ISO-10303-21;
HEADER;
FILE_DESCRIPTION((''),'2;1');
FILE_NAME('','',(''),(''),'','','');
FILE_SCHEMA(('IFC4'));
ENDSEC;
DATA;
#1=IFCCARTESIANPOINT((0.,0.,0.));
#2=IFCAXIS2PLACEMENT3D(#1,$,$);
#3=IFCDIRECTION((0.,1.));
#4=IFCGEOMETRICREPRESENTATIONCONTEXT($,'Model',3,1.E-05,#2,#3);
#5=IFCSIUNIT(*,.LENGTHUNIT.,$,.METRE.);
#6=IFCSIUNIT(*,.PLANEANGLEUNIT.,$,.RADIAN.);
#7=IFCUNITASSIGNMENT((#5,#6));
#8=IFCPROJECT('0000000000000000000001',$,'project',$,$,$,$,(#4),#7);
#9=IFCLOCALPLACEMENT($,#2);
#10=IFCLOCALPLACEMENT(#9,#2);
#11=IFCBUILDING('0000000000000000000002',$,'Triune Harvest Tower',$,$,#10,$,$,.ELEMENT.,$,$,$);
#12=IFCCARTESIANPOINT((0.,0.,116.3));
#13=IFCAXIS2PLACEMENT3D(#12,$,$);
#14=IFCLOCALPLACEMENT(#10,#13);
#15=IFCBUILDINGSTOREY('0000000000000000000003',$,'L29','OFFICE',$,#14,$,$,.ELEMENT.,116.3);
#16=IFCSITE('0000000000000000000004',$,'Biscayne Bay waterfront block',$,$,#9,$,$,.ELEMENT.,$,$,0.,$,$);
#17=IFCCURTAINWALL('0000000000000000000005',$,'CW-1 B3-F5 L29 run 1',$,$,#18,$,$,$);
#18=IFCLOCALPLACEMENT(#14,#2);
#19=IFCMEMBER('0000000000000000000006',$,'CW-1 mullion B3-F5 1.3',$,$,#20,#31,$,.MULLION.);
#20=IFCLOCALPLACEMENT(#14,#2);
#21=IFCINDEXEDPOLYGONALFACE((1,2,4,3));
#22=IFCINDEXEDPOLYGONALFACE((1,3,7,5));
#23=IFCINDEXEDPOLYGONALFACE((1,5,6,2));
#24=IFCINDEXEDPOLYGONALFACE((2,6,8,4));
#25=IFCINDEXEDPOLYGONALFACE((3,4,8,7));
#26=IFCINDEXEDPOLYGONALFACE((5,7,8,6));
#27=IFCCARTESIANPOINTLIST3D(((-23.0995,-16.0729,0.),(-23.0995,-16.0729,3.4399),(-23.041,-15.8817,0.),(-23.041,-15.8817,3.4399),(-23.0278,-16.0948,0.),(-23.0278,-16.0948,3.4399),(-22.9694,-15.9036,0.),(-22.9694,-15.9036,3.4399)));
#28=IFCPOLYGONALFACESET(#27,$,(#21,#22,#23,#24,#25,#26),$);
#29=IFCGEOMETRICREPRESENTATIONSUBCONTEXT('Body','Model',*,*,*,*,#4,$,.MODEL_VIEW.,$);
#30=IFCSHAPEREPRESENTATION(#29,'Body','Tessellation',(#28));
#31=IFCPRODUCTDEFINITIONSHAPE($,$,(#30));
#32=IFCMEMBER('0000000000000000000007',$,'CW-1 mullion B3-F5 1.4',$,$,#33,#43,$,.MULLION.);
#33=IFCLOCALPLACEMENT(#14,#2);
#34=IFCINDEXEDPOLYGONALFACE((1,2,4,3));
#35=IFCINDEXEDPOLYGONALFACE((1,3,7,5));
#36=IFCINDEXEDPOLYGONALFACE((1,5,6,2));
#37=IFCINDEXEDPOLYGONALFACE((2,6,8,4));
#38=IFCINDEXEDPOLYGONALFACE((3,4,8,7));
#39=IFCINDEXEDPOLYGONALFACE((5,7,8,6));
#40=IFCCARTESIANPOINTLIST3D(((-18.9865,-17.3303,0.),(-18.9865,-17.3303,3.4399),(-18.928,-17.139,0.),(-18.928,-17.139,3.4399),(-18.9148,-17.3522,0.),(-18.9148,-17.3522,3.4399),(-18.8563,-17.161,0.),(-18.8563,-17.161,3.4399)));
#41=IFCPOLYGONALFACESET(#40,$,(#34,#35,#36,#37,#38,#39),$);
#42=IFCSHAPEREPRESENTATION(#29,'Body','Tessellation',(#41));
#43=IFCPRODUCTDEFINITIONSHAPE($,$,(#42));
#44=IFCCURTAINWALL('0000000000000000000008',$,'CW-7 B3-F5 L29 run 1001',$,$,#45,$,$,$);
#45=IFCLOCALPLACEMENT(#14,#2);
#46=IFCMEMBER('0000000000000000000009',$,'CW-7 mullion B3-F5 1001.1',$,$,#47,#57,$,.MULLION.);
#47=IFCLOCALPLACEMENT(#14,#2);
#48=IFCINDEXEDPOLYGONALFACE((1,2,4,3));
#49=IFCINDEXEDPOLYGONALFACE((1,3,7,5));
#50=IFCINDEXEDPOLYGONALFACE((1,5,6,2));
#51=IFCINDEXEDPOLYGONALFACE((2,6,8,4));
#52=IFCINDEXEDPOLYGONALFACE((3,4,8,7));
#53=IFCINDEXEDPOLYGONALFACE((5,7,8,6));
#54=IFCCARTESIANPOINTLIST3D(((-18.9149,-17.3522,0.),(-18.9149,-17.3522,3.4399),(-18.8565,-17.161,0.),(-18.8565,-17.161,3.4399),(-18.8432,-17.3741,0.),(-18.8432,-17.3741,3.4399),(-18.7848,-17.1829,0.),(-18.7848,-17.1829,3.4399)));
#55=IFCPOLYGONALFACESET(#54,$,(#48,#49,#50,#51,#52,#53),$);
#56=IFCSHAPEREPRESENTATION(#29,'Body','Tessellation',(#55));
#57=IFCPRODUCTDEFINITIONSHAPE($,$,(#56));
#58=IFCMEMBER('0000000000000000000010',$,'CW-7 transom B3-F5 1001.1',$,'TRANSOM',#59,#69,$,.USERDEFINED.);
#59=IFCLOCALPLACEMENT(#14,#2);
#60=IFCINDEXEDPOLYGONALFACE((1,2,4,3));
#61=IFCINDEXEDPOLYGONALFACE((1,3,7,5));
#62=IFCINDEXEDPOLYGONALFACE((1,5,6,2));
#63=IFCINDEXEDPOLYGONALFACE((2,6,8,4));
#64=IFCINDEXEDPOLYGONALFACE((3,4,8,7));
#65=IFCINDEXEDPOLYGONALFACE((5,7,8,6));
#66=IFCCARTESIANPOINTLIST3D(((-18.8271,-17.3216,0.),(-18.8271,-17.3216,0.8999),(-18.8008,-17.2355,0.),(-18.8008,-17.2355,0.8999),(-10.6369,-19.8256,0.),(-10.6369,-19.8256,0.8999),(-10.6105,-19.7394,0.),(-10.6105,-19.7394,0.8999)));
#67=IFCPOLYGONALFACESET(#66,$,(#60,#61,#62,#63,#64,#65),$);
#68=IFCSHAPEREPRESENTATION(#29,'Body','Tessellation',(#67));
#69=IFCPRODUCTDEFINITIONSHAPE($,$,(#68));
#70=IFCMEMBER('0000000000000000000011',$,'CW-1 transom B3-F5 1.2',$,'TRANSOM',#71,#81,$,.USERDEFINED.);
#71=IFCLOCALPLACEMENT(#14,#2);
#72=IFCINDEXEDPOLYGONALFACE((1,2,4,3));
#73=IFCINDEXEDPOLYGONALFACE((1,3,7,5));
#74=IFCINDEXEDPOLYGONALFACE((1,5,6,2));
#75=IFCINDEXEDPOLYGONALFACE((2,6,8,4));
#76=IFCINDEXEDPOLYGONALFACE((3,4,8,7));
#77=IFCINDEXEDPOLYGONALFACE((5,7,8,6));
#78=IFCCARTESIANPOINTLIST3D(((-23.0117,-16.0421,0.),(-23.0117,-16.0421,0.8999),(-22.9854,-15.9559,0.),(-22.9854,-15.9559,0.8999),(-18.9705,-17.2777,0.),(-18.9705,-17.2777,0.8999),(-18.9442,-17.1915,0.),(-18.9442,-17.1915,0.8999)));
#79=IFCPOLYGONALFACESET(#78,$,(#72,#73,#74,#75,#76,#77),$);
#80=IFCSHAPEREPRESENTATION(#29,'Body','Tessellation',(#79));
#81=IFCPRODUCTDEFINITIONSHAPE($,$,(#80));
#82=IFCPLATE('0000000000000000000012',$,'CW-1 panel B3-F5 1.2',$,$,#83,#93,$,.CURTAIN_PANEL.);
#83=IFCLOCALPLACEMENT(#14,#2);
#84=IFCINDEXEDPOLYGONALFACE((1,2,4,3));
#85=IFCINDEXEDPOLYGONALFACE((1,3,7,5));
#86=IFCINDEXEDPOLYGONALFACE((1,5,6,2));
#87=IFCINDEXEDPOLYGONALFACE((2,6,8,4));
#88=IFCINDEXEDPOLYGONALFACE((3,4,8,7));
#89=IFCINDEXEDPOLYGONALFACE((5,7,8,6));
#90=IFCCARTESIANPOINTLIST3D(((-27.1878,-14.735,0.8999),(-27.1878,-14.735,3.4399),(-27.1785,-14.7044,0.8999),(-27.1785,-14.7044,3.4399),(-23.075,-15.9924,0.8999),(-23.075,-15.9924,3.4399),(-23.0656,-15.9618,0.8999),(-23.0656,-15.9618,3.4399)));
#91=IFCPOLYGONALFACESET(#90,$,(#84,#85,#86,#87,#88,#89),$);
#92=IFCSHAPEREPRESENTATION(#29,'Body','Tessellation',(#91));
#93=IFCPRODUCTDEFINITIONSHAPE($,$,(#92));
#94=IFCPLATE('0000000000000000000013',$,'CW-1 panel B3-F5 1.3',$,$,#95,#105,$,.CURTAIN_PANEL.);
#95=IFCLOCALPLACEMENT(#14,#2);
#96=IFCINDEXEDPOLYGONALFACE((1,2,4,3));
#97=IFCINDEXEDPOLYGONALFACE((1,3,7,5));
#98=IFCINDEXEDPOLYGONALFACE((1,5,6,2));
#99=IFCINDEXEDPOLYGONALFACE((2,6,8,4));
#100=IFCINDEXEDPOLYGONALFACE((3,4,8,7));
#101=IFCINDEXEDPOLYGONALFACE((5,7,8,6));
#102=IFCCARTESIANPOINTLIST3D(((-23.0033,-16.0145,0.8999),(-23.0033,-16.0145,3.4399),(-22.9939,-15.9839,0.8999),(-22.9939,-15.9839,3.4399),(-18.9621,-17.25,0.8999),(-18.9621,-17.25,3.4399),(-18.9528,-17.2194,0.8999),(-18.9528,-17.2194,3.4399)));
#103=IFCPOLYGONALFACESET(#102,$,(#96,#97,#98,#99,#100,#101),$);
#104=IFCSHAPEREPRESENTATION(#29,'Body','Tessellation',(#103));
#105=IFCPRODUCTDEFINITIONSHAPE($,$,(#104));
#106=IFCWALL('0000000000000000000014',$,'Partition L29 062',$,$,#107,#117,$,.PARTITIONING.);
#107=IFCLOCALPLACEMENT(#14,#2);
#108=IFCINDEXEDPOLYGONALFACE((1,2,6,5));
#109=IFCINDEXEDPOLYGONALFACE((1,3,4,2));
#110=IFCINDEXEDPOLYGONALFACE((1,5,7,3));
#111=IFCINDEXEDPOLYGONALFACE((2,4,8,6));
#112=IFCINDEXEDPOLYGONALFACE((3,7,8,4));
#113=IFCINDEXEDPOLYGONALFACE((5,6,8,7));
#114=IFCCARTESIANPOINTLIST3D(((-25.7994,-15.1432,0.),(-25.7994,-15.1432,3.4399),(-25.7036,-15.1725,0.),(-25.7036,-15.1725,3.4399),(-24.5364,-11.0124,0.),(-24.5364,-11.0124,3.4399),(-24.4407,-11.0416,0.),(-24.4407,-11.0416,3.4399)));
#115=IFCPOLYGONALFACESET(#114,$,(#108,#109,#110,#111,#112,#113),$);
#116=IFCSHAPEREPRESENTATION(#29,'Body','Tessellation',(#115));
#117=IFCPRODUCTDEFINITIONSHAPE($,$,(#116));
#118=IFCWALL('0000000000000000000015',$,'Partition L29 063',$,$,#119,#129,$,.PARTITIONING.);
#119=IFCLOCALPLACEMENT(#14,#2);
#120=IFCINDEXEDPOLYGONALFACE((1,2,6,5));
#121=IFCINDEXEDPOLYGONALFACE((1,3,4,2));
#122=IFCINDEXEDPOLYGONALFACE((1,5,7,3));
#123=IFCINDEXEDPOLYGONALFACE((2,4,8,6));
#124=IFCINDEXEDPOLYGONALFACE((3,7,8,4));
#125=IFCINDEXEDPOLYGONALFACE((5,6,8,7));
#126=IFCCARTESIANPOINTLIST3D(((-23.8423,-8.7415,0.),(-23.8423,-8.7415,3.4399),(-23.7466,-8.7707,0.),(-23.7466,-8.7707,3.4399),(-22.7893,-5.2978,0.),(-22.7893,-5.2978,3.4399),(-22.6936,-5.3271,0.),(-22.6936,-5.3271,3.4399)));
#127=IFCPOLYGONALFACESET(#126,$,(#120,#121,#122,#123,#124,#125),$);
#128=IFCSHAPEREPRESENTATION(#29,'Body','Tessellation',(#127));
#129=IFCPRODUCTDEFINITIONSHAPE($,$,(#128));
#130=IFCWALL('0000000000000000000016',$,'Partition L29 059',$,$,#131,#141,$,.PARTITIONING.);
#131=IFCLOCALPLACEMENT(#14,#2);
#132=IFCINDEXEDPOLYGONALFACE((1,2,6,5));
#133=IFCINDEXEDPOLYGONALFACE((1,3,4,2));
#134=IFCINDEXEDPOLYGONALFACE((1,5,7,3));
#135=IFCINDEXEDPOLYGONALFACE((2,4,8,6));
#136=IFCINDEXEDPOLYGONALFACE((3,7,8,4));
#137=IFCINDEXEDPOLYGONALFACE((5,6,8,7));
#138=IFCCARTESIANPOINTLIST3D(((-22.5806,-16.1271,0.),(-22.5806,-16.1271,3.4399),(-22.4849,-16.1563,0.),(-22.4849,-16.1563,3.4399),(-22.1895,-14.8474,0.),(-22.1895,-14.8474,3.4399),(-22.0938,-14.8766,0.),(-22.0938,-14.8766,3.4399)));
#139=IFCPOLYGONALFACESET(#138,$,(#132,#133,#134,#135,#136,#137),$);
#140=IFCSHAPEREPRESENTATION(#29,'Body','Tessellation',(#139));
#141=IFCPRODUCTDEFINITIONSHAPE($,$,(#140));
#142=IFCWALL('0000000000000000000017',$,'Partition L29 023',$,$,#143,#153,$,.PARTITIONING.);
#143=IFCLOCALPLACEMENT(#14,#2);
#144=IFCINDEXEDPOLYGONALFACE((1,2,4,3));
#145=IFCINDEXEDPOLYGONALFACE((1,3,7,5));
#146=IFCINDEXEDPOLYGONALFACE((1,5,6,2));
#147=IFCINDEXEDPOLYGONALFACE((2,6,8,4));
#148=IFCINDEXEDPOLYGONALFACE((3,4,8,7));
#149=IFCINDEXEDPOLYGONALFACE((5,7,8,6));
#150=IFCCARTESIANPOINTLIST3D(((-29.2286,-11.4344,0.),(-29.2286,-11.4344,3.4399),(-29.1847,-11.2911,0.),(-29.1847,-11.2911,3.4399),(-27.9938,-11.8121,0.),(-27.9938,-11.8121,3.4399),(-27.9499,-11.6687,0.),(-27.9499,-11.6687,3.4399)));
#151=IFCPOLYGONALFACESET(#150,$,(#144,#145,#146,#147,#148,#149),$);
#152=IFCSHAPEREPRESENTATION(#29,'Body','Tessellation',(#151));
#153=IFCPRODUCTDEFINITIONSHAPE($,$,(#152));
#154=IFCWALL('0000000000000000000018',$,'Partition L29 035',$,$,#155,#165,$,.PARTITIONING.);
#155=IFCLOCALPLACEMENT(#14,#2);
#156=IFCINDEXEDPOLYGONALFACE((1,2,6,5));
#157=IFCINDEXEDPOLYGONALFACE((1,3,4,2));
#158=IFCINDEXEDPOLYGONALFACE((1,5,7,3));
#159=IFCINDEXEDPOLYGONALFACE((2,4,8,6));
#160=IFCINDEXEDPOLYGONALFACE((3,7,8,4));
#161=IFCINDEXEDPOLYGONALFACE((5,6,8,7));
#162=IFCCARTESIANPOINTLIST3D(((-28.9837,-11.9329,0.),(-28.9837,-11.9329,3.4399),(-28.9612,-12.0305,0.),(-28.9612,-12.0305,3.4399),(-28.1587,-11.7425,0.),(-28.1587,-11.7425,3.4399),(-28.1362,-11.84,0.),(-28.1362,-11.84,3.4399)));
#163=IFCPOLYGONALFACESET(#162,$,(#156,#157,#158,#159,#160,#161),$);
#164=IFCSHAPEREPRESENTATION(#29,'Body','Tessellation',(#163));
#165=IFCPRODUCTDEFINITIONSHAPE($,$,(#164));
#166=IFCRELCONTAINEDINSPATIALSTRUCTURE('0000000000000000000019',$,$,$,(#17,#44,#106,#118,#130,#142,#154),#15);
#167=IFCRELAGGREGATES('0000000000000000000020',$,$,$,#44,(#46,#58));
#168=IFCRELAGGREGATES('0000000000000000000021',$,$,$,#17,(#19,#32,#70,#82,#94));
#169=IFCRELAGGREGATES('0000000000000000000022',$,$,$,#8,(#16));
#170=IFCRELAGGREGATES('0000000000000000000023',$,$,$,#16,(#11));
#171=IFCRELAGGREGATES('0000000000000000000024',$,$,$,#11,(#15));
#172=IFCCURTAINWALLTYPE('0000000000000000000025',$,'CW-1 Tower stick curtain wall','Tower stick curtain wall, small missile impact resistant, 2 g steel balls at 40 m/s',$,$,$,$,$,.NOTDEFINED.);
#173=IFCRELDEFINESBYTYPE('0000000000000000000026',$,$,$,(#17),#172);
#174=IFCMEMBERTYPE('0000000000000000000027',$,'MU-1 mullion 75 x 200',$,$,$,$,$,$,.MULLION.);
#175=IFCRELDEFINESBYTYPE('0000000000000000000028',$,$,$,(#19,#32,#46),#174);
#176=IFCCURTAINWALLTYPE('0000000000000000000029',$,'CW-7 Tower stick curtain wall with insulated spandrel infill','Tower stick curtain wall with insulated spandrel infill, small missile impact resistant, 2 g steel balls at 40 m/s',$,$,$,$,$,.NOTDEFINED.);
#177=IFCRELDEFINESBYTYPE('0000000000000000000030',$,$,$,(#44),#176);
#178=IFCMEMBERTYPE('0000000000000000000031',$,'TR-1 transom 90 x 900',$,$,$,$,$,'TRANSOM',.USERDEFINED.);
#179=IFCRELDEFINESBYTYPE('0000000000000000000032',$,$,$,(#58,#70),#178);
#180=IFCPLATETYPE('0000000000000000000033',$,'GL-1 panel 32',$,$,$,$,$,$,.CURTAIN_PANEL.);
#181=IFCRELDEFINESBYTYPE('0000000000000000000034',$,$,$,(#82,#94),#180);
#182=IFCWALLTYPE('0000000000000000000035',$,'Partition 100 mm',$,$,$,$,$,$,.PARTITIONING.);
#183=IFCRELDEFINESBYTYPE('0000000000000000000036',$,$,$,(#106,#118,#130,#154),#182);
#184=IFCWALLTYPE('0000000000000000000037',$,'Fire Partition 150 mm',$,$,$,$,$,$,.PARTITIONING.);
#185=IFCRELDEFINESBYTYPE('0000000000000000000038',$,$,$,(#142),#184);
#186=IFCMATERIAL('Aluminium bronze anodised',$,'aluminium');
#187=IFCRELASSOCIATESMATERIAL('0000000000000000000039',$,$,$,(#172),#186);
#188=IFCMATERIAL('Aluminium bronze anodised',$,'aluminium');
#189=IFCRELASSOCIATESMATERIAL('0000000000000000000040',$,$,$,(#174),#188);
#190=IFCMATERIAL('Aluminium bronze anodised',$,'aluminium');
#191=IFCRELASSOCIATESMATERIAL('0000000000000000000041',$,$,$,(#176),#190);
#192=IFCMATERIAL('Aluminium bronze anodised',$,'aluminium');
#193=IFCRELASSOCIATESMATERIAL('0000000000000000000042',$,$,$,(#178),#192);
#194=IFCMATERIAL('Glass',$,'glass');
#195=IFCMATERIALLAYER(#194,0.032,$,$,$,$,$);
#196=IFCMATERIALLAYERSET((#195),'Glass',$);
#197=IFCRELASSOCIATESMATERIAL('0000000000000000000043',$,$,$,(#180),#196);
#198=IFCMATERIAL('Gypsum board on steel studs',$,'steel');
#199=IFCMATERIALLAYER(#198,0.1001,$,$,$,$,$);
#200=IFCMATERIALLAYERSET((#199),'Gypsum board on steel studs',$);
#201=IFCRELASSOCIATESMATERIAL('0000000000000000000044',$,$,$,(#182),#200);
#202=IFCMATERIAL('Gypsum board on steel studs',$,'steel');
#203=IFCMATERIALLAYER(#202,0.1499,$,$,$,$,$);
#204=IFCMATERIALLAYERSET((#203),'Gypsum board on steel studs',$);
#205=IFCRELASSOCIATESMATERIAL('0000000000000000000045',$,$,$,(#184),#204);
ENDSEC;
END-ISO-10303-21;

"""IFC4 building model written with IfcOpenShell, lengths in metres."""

from ifc_helpers import new_model, si_unit, direction, frame, frame_2d, origin, origin_2d, place, context, subcontext, project, spatial, rectangle, extrude, source, transform, mapped, material, layer, layer_set, material_profile, profile_set, type_object, element, aggregate, save


model = new_model("IFC4")

# Units and contexts
model_context = context("Model", 3, precision=1e-05, world=origin(), true_north=direction((0.0, 1.0)))
body_context = subcontext(model_context, "Body", "Model", "MODEL_VIEW")
ifc_project = project(units=[si_unit("LENGTHUNIT", "METRE"), si_unit("PLANEANGLEUNIT", "RADIAN")], contexts=[model_context])

# Site, building, storey
site_placement = place(None, origin())
site = spatial("IfcSite", under=ifc_project, at=site_placement, Name="Biscayne Bay waterfront block", CompositionType="ELEMENT", RefElevation=0.0)
building_placement = place(site_placement, origin())
building = spatial("IfcBuilding", under=site, at=building_placement, Name="Triune Harvest Tower", CompositionType="ELEMENT")
storey_placement = place(building_placement, frame((0.0, 0.0, 116.3)))
storey = spatial("IfcBuildingStorey", under=building, at=storey_placement, Name="L29", Description="OFFICE", CompositionType="ELEMENT", Elevation=116.3)

# Curtain walls, members
ifc_material_1 = material(Name="Aluminium bronze anodised", Category="aluminium")
curtain_wall_type_1 = type_object("IfcCurtainWallType", Name="CW-1 Tower stick curtain wall", Description="Tower stick curtain wall, small missile impact resistant, 2 g steel balls at 40 m/s", PredefinedType="NOTDEFINED", material=ifc_material_1)
curtain_wall_1_placement = place(storey_placement, origin())
curtain_wall_1 = element("IfcCurtainWall", 1, at=curtain_wall_1_placement, inside=storey, type_object=curtain_wall_type_1, Name="CW-1 B3-F5 L29 run 1")
ifc_material_2 = material(Name="Aluminium bronze anodised", Category="aluminium")
ifc_material_profile_1 = material_profile(ifc_material_2, rectangle(XDim=0.2, YDim=0.075, at=origin_2d()), Name="MU-1 mullion 75 x 200")
ifc_profile_set_1 = profile_set([ifc_material_profile_1], Name="Aluminium bronze anodised")
member_type_1 = type_object("IfcMemberType", Name="MU-1 mullion 75 x 200", PredefinedType="MULLION", material=ifc_profile_set_1)
shared_shape_1 = source(origin(), body_context, "Body", "SweptSolid", [
    extrude(rectangle(XDim=0.2, YDim=0.075, at=origin_2d()), origin(), (0.0, 0.0, 1.0), 3.4399),
])
member_1_placement = place(storey_placement, frame((-23.0344, -15.9883, 0.0), z_axis=(0.0, 0.0, 1.0), x_axis=(0.292374, 0.956304, 0.0)))
member_1 = element("IfcMember", 2, at=member_1_placement, type_object=member_type_1, Name="CW-1 mullion B3-F5 1.3", PredefinedType="MULLION", context=body_context, shape_type="MappedRepresentation", body=[
    mapped(shared_shape_1, transform((0.0, 0.0, 0.0), scale=1.0)),
])
member_2_placement = place(storey_placement, frame((-18.9214, -17.2456, 0.0), z_axis=(0.0, 0.0, 1.0), x_axis=(0.292374, 0.956304, 0.0)))
member_2 = element("IfcMember", 3, at=member_2_placement, type_object=member_type_1, Name="CW-1 mullion B3-F5 1.4", PredefinedType="MULLION", context=body_context, shape_type="MappedRepresentation", body=[
    mapped(shared_shape_1, transform((0.0, 0.0, 0.0), scale=1.0)),
])
ifc_material_3 = material(Name="Aluminium bronze anodised", Category="aluminium")
curtain_wall_type_2 = type_object("IfcCurtainWallType", Name="CW-7 Tower stick curtain wall with insulated spandrel infill", Description="Tower stick curtain wall with insulated spandrel infill, small missile impact resistant, 2 g steel balls at 40 m/s", PredefinedType="NOTDEFINED", material=ifc_material_3)
curtain_wall_2_placement = place(storey_placement, origin())
curtain_wall_2 = element("IfcCurtainWall", 4, at=curtain_wall_2_placement, inside=storey, type_object=curtain_wall_type_2, Name="CW-7 B3-F5 L29 run 1001")
member_3_placement = place(storey_placement, frame((-18.8499, -17.2676, 0.0), z_axis=(0.0, 0.0, 1.0), x_axis=(0.292373, 0.956304, 0.0)))
member_3 = element("IfcMember", 5, at=member_3_placement, type_object=member_type_1, Name="CW-7 mullion B3-F5 1001.1", PredefinedType="MULLION", context=body_context, shape_type="MappedRepresentation", body=[
    mapped(shared_shape_1, transform((0.0, 0.0, 0.0), scale=1.0)),
])
ifc_material_4 = material(Name="Aluminium bronze anodised", Category="aluminium")
ifc_material_profile_2 = material_profile(ifc_material_4, rectangle(XDim=0.0901, YDim=0.8999, at=origin_2d()), Name="TR-1 transom 90 x 900")
ifc_profile_set_2 = profile_set([ifc_material_profile_2], Name="Aluminium bronze anodised")
member_type_2 = type_object("IfcMemberType", Name="TR-1 transom 90 x 900", ElementType="TRANSOM", PredefinedType="USERDEFINED", material=ifc_profile_set_2)
shared_shape_2 = source(origin(), body_context, "Body", "SweptSolid", [
    extrude(rectangle(XDim=0.0901, YDim=0.8999, at=origin_2d()), origin(), (0.0, 0.0, 1.0), 8.5645),
])
member_4_placement = place(storey_placement, frame((-18.814, -17.2786, 0.45), z_axis=(0.956308, -0.292363, 0.0), x_axis=(0.292363, 0.956308, 0.0)))
member_4 = element("IfcMember", 6, at=member_4_placement, type_object=member_type_2, Name="CW-7 transom B3-F5 1001.1", ObjectType="TRANSOM", PredefinedType="USERDEFINED", context=body_context, shape_type="MappedRepresentation", body=[
    mapped(shared_shape_2, transform((0.0, 0.0, 0.0), scale=1.0)),
])
aggregate(curtain_wall_2, [member_3, member_4])

# Member
shared_shape_3 = source(origin(), body_context, "Body", "SweptSolid", [
    extrude(rectangle(XDim=0.0901, YDim=0.8999, at=origin_2d()), origin(), (0.0, 0.0, 1.0), 4.2258),
])
member_5_placement = place(storey_placement, frame((-22.9985, -15.999, 0.45), z_axis=(0.956301, -0.292384, 0.0), x_axis=(0.292384, 0.956301, 0.0)))
member_5 = element("IfcMember", 7, at=member_5_placement, type_object=member_type_2, Name="CW-1 transom B3-F5 1.2", ObjectType="TRANSOM", PredefinedType="USERDEFINED", context=body_context, shape_type="MappedRepresentation", body=[
    mapped(shared_shape_3, transform((0.0, 0.0, 0.0), scale=1.0)),
])

# Plates
ifc_material_5 = material(Name="Glass", Category="glass")
ifc_layer_1 = layer(ifc_material_5, 0.032)
ifc_layer_set_1 = layer_set([ifc_layer_1], Name="Glass")
plate_type = type_object("IfcPlateType", Name="GL-1 panel 32", PredefinedType="CURTAIN_PANEL", material=ifc_layer_set_1)
shared_shape_4 = source(origin(), body_context, "Body", "SweptSolid", [
    extrude(rectangle(XDim=4.3008, YDim=0.032, at=origin_2d()), origin(), (0.0, 0.0, 1.0), 2.54),
])
plate_1_placement = place(storey_placement, frame((-25.1267, -15.3484, 0.8999), z_axis=(0.0, 0.0, 1.0), x_axis=(0.956304, -0.292374, 0.0)))
plate_1 = element("IfcPlate", 8, at=plate_1_placement, type_object=plate_type, Name="CW-1 panel B3-F5 1.2", PredefinedType="CURTAIN_PANEL", context=body_context, shape_type="MappedRepresentation", body=[
    mapped(shared_shape_4, transform((0.0, 0.0, 0.0), scale=1.0)),
])
shared_shape_5 = source(origin(), body_context, "Body", "SweptSolid", [
    extrude(rectangle(XDim=4.2258, YDim=0.032, at=origin_2d()), origin(), (0.0, 0.0, 1.0), 2.54),
])
plate_2_placement = place(storey_placement, frame((-20.978, -16.6169, 0.8999), z_axis=(0.0, 0.0, 1.0), x_axis=(0.956304, -0.292374, 0.0)))
plate_2 = element("IfcPlate", 9, at=plate_2_placement, type_object=plate_type, Name="CW-1 panel B3-F5 1.3", PredefinedType="CURTAIN_PANEL", context=body_context, shape_type="MappedRepresentation", body=[
    mapped(shared_shape_5, transform((0.0, 0.0, 0.0), scale=1.0)),
])
aggregate(curtain_wall_1, [member_1, member_2, member_5, plate_1, plate_2])

# Walls
ifc_material_6 = material(Name="Gypsum board on steel studs", Category="steel")
ifc_layer_2 = layer(ifc_material_6, 0.1001)
ifc_layer_set_2 = layer_set([ifc_layer_2], Name="Gypsum board on steel studs")
wall_type_1 = type_object("IfcWallType", Name="Partition 100 mm", PredefinedType="PARTITIONING", material=ifc_layer_set_2)
wall_1_placement = place(storey_placement, frame((-25.7515, -15.1577, 0.0), z_axis=(0.0, 0.0, 1.0), x_axis=(0.292374, 0.956304, 0.0)))
element("IfcWall", 10, at=wall_1_placement, inside=storey, type_object=wall_type_1, Name="Partition L29 062", PredefinedType="PARTITIONING", context=body_context, shape_type="SweptSolid", body=[
    extrude(rectangle(XDim=4.3196, YDim=0.1001, at=frame_2d((2.1597, 0.0))), origin(), (0.0, 0.0, 1.0), 3.4399),
])
wall_2_placement = place(storey_placement, frame((-23.7944, -8.7561, 0.0), z_axis=(0.0, 0.0, 1.0), x_axis=(0.292413, 0.956292, 0.0)))
element("IfcWall", 11, at=wall_2_placement, inside=storey, type_object=wall_type_1, Name="Partition L29 063", PredefinedType="PARTITIONING", context=body_context, shape_type="SweptSolid", body=[
    extrude(rectangle(XDim=3.6011, YDim=0.1001, at=frame_2d((1.8005, 0.0))), origin(), (0.0, 0.0, 1.0), 3.4399),
])
shared_shape_6 = source(origin(), body_context, "Body", "SweptSolid", [
    extrude(rectangle(XDim=1.3381, YDim=0.1001, at=frame_2d((0.6689, 0.0))), origin(), (0.0, 0.0, 1.0), 3.4399),
])
wall_3_placement = place(storey_placement, frame((-22.5327, -16.1416, 0.0), z_axis=(0.0, 0.0, 1.0), x_axis=(0.292265, 0.956337, 0.0)))
element("IfcWall", 12, at=wall_3_placement, inside=storey, type_object=wall_type_1, Name="Partition L29 059", PredefinedType="PARTITIONING", context=body_context, shape_type="MappedRepresentation", body=[
    mapped(shared_shape_6, transform((0.0, 0.0, 0.0), scale=1.0)),
])
ifc_material_7 = material(Name="Gypsum board on steel studs", Category="steel")
ifc_layer_3 = layer(ifc_material_7, 0.1499)
ifc_layer_set_3 = layer_set([ifc_layer_3], Name="Gypsum board on steel studs")
wall_type_2 = type_object("IfcWallType", Name="Fire Partition 150 mm", PredefinedType="PARTITIONING", material=ifc_layer_set_3)
shared_shape_7 = source(origin(), body_context, "Body", "SweptSolid", [
    extrude(rectangle(XDim=1.2913, YDim=0.1499, at=frame_2d((0.6455, 0.0))), origin(), (0.0, 0.0, 1.0), 3.4399),
])
wall_4_placement = place(storey_placement, frame((-29.2065, -11.3628, 0.0), z_axis=(0.0, 0.0, 1.0), x_axis=(0.956272, -0.292478, 0.0)))
element("IfcWall", 13, at=wall_4_placement, inside=storey, type_object=wall_type_2, Name="Partition L29 023", PredefinedType="PARTITIONING", context=body_context, shape_type="MappedRepresentation", body=[
    mapped(shared_shape_7, transform((0.0, 0.0, 0.0), scale=1.0)),
])
shared_shape_8 = source(origin(), body_context, "Body", "SweptSolid", [
    extrude(rectangle(XDim=0.8467, YDim=0.1001, at=frame_2d((0.4233, 0.0))), origin(), (0.0, 0.0, 1.0), 3.4399),
])
wall_5_placement = place(storey_placement, frame((-28.9724, -11.9817, 0.0), z_axis=(0.0, 0.0, 1.0), x_axis=(0.974377, 0.224923, 0.0)))
element("IfcWall", 14, at=wall_5_placement, inside=storey, type_object=wall_type_1, Name="Partition L29 035", PredefinedType="PARTITIONING", context=body_context, shape_type="MappedRepresentation", body=[
    mapped(shared_shape_8, transform((0.0, 0.0, 0.0), scale=1.0)),
])

save(model, "model.ifc")
